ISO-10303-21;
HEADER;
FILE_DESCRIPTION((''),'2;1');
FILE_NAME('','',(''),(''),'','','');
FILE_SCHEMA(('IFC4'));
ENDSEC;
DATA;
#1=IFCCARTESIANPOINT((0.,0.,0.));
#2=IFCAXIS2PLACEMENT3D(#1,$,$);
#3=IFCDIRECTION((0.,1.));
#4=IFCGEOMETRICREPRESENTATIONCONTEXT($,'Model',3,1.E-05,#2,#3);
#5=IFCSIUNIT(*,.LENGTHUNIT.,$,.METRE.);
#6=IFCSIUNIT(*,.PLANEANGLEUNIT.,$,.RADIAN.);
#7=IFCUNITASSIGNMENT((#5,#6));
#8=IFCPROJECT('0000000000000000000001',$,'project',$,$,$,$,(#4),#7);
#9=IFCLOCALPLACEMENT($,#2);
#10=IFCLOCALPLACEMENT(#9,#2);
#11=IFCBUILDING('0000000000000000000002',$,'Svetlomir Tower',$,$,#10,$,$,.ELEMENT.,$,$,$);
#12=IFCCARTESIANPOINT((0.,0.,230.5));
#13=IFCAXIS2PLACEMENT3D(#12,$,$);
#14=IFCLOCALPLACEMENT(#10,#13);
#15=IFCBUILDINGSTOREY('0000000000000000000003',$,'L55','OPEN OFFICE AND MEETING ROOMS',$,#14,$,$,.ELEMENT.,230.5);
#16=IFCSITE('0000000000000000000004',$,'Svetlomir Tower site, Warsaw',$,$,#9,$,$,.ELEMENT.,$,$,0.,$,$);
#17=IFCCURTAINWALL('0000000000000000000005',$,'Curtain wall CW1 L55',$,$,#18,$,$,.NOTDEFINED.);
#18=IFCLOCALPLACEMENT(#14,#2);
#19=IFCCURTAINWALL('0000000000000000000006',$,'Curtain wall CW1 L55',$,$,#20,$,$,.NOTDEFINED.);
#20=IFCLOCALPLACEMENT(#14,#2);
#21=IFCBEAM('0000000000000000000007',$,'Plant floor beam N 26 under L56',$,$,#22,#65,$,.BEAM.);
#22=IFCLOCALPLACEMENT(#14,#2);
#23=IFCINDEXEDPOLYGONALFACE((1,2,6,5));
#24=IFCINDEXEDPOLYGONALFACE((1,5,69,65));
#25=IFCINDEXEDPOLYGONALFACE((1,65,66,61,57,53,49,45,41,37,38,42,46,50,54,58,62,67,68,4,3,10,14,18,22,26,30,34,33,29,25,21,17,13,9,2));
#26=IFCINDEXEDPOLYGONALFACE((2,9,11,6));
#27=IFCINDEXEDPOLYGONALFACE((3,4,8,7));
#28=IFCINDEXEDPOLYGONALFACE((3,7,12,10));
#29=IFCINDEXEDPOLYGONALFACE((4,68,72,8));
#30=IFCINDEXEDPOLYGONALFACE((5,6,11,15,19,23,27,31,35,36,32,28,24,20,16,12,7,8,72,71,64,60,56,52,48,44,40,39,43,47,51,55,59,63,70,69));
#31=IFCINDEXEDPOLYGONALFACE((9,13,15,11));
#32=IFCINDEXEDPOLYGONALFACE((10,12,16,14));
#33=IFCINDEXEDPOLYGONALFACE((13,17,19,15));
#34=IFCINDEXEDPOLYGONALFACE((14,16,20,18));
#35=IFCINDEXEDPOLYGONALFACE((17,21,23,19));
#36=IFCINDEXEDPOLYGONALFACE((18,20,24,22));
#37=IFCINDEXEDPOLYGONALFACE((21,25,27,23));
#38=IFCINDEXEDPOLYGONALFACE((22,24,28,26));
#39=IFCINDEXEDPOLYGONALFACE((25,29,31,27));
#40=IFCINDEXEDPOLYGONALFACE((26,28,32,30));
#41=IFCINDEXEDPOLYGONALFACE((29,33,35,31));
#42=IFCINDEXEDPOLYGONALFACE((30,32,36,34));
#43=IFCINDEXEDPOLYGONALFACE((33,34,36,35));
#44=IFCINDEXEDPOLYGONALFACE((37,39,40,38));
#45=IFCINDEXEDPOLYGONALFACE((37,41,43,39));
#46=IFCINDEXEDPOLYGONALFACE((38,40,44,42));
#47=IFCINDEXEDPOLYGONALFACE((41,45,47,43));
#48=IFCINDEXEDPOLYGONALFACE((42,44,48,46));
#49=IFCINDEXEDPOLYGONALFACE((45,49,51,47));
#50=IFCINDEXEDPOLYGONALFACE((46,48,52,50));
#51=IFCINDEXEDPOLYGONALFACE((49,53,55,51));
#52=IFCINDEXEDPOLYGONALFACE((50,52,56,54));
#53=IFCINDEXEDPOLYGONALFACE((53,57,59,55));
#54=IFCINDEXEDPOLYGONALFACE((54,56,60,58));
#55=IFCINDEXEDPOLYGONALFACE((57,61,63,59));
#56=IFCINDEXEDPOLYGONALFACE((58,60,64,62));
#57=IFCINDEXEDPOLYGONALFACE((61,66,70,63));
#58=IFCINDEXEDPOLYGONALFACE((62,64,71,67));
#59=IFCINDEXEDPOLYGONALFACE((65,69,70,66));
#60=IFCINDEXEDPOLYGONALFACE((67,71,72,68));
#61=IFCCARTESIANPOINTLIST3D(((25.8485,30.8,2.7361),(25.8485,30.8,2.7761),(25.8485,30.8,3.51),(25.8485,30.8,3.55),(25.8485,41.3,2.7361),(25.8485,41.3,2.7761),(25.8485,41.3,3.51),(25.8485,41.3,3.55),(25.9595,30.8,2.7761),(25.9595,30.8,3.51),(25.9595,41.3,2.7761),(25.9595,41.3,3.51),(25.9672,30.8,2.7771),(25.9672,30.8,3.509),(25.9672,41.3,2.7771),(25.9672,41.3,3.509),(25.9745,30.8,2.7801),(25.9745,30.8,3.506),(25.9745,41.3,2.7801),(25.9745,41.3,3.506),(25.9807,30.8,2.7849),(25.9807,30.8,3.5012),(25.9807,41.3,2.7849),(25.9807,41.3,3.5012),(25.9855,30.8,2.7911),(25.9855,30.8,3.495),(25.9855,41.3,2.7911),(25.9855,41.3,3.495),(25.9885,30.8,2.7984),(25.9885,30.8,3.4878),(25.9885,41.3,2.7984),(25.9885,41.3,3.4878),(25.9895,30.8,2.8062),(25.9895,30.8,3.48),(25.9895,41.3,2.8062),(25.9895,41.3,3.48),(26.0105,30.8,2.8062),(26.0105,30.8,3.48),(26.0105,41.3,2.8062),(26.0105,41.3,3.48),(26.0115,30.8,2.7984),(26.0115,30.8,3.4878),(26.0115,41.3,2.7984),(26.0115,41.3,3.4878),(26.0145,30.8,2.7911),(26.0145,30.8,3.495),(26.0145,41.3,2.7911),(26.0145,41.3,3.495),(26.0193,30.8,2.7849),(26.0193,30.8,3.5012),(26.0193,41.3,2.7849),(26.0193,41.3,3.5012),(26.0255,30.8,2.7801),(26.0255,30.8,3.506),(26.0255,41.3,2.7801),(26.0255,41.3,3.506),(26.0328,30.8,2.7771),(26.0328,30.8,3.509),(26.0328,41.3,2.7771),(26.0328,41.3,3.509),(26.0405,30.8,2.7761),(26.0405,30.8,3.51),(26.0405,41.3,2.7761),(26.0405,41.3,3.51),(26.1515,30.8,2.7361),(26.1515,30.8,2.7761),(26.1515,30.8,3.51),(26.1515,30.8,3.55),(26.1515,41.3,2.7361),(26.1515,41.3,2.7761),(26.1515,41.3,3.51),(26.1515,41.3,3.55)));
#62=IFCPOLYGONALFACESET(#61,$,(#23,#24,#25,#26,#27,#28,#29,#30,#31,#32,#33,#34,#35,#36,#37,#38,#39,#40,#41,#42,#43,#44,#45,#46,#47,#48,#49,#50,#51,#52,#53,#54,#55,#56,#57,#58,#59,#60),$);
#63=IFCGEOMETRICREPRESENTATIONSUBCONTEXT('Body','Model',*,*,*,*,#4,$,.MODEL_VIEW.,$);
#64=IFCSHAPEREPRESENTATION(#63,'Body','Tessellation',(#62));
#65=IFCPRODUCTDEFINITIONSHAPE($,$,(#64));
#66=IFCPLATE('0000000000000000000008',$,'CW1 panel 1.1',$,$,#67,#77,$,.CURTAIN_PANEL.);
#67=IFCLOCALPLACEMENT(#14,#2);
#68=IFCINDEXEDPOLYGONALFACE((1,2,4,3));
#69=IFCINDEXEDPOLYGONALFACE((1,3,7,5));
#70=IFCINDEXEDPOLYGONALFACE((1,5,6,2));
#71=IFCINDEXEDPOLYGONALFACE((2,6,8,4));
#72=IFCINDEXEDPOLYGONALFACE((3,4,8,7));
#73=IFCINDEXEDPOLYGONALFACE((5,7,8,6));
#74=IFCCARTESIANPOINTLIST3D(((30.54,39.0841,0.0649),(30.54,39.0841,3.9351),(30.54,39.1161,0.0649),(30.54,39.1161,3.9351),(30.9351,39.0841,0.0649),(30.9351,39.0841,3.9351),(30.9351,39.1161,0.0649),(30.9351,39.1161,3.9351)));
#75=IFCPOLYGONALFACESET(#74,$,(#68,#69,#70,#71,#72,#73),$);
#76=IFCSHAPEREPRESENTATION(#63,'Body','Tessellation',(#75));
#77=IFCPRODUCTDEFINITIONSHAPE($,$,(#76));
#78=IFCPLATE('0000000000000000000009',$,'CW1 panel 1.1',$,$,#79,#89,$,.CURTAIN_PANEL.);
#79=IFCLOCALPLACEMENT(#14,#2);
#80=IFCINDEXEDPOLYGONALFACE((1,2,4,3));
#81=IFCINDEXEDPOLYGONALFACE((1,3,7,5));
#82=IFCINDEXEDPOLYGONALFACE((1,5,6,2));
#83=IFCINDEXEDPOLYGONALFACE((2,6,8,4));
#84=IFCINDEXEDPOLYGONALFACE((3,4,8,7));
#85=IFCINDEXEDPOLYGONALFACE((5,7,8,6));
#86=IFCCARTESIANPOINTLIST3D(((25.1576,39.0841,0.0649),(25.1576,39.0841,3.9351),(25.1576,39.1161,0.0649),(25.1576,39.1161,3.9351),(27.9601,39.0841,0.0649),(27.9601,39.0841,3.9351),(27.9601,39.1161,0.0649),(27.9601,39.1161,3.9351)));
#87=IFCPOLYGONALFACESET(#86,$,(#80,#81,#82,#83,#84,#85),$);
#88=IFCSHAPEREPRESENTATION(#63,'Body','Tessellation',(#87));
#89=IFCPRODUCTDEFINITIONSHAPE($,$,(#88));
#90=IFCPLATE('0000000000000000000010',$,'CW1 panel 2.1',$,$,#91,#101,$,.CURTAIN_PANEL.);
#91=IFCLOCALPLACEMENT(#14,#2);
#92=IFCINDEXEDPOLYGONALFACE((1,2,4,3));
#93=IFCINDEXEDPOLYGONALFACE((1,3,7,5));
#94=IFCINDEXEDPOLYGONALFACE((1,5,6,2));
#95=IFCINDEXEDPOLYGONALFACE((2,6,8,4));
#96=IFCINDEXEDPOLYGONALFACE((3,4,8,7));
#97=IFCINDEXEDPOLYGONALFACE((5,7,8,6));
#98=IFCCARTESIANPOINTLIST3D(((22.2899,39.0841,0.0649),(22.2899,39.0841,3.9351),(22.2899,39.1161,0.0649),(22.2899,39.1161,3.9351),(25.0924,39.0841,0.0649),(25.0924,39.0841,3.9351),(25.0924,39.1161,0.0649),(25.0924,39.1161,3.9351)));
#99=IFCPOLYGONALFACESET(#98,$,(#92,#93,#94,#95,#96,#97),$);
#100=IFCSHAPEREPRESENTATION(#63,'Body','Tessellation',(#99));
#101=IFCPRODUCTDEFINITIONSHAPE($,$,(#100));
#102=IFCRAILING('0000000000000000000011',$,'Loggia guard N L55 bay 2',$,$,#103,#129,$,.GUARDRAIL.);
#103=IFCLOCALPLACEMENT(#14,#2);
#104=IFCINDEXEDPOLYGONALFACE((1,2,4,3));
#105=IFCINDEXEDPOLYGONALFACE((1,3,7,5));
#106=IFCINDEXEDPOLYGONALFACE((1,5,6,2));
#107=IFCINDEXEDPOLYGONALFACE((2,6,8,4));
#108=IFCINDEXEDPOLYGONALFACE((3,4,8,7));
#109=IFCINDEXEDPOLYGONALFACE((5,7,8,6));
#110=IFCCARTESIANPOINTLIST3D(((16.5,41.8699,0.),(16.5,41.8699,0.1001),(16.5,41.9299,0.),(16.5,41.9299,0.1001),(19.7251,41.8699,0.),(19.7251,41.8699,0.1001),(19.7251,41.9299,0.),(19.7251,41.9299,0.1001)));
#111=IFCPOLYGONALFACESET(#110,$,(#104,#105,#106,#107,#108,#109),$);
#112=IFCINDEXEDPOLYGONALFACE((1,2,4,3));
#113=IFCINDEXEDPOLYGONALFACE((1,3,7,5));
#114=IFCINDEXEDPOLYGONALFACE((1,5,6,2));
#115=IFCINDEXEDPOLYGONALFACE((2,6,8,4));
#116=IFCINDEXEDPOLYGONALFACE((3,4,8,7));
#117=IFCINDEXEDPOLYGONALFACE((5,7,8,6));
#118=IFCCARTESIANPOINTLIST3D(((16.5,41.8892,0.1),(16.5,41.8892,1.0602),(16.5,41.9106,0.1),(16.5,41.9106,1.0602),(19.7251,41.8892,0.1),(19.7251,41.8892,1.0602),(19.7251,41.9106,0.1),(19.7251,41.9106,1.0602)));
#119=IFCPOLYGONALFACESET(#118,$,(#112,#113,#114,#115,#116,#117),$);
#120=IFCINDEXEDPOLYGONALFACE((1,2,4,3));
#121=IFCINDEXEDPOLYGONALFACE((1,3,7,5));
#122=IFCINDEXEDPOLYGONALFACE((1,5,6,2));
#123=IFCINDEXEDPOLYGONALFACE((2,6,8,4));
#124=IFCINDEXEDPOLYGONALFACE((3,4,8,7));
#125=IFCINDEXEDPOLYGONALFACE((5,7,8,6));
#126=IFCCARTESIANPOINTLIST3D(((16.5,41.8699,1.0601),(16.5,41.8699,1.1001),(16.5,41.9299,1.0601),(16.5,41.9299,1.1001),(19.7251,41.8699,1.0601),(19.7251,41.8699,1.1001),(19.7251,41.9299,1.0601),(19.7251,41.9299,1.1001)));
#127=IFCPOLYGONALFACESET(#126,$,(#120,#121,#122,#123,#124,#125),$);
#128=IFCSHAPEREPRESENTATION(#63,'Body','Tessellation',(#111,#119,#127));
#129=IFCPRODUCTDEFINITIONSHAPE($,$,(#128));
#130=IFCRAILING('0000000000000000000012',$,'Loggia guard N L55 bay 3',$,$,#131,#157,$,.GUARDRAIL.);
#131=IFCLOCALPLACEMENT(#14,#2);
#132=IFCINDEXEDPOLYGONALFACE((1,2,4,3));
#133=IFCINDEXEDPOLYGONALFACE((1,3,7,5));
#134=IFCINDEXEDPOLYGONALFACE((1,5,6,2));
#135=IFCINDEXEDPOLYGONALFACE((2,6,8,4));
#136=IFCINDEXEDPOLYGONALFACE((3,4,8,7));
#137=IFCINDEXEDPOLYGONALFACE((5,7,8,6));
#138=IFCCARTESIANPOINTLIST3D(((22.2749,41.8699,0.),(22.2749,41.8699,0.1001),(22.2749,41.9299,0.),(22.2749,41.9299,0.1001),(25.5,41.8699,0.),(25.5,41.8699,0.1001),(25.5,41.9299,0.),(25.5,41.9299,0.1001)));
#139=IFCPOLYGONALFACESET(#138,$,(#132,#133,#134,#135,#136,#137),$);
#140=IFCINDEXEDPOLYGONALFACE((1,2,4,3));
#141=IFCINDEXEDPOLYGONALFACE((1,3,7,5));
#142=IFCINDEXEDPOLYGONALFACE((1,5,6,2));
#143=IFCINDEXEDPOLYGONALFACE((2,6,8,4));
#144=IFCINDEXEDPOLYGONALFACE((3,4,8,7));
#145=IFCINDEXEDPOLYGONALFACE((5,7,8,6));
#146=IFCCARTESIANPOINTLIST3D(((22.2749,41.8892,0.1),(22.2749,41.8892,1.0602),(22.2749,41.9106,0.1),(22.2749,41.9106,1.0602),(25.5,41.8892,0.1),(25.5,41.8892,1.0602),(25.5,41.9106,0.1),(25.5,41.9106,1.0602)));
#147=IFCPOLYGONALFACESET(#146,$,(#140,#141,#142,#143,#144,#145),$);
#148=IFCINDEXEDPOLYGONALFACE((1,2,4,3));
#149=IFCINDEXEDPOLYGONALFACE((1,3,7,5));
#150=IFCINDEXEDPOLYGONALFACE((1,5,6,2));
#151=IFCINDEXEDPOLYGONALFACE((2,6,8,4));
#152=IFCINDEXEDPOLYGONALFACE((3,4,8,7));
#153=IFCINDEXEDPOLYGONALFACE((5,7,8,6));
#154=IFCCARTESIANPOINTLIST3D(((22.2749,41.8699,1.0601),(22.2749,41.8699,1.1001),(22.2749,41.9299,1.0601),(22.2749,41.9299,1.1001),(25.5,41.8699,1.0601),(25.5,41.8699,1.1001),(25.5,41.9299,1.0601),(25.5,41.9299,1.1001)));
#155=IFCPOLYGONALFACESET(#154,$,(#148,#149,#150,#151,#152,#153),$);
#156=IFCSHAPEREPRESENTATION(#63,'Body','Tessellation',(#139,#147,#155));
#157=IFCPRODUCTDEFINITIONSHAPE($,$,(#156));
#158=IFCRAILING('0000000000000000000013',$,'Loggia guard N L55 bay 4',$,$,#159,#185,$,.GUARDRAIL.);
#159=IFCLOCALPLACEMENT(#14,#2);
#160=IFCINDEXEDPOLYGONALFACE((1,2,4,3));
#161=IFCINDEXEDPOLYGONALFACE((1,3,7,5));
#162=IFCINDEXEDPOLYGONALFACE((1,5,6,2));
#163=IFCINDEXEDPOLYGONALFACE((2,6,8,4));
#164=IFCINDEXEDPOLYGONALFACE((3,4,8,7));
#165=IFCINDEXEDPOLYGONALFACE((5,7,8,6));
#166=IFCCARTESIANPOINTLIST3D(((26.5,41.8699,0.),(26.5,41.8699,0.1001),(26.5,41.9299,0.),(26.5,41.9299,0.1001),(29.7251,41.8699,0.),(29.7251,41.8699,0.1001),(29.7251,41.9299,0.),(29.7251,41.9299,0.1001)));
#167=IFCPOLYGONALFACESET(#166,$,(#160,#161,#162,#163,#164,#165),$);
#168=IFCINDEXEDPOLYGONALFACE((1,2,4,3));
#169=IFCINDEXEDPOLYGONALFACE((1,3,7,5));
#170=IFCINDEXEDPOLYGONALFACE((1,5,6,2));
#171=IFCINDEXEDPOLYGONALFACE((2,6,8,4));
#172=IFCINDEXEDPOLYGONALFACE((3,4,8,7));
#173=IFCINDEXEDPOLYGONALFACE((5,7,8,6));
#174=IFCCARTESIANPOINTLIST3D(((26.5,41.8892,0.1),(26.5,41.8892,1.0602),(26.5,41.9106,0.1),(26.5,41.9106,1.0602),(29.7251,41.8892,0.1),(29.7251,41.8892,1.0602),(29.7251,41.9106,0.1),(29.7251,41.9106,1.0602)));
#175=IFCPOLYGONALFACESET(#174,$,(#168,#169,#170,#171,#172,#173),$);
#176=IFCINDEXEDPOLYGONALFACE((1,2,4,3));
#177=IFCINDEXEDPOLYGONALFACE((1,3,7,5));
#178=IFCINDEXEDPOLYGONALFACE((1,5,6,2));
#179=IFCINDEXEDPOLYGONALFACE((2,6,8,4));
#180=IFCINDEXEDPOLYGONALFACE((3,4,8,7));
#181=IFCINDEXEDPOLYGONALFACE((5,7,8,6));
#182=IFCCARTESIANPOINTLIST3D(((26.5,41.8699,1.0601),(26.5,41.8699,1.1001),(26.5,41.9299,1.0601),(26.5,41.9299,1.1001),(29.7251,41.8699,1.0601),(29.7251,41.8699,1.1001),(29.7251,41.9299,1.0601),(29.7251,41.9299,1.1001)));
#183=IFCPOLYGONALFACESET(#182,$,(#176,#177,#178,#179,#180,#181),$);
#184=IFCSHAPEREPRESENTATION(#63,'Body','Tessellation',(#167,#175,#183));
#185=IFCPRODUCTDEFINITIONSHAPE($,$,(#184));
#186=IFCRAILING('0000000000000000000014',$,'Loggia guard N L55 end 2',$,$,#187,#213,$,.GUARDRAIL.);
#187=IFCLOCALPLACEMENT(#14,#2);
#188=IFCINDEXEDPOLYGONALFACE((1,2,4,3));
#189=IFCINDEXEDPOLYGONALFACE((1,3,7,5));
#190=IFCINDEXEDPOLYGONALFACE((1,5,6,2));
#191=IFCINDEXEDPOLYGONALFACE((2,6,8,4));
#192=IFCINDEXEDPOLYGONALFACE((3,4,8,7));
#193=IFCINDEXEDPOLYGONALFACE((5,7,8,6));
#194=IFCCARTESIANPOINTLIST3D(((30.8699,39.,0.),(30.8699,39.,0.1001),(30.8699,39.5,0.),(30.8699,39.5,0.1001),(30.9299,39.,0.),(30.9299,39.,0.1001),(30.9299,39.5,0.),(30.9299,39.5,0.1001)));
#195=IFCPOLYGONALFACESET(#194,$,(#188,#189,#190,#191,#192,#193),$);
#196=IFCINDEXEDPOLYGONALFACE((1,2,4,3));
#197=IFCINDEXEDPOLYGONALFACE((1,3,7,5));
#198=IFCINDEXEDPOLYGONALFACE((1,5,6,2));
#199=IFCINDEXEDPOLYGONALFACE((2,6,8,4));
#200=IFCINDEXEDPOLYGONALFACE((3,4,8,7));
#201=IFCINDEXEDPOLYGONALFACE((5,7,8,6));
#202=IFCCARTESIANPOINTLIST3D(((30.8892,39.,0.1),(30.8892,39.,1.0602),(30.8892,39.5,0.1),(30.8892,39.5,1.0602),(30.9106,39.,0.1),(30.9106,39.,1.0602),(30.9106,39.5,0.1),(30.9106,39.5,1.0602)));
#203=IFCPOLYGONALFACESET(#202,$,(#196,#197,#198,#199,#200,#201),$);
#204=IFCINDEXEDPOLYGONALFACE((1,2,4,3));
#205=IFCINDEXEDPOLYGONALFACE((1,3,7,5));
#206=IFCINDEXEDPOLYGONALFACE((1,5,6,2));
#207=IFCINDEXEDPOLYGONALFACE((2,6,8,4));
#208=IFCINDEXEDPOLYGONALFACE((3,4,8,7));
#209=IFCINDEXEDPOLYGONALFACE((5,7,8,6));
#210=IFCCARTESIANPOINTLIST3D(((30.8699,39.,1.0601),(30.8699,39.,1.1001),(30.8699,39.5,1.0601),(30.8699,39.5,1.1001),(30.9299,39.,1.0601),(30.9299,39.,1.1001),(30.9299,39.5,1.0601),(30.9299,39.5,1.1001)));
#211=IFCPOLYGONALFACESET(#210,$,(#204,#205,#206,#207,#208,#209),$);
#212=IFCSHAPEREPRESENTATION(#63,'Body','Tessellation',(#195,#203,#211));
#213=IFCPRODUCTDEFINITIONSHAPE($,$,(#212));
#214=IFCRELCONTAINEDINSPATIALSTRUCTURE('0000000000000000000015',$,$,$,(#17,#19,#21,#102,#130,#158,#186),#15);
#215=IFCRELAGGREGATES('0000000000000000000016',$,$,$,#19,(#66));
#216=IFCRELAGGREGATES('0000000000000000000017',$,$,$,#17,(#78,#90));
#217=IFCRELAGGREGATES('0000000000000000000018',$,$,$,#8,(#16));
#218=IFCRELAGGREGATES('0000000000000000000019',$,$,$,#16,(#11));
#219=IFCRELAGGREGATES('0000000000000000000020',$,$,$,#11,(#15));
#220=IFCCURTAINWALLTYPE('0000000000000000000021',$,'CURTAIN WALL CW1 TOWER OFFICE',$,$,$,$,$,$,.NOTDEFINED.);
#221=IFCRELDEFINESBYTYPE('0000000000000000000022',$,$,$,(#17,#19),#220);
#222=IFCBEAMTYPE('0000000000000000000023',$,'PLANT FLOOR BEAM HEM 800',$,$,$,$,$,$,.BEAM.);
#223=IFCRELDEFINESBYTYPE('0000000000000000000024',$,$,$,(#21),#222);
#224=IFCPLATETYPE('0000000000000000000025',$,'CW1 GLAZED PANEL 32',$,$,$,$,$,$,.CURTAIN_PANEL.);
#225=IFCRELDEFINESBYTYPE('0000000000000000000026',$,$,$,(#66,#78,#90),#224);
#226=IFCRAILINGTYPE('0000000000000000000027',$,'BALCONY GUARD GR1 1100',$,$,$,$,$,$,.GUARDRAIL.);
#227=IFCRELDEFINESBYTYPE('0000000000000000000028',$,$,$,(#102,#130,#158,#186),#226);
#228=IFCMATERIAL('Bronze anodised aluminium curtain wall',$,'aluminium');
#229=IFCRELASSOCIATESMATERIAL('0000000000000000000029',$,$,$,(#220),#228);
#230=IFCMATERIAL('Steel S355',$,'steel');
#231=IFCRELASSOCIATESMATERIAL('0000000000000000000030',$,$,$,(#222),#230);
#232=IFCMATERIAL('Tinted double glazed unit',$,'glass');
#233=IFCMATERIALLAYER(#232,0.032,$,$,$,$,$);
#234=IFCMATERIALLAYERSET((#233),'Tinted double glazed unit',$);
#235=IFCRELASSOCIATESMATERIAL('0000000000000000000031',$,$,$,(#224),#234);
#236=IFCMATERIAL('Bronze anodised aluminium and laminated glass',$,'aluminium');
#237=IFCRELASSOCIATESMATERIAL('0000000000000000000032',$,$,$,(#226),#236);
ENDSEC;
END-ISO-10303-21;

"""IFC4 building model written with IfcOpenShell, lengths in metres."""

from ifc_helpers import new_model, si_unit, direction, frame, origin, origin_2d, place, context, subcontext, project, spatial, rectangle, i_section, extrude, material, layer, layer_set, material_profile, profile_set, type_object, element, aggregate, save


model = new_model("IFC4")

# Units and contexts
model_context = context("Model", 3, precision=1e-05, world=origin(), true_north=direction((0.0, 1.0)))
body_context = subcontext(model_context, "Body", "Model", "MODEL_VIEW")
ifc_project = project(units=[si_unit("LENGTHUNIT", "METRE"), si_unit("PLANEANGLEUNIT", "RADIAN")], contexts=[model_context])

# Site, building, storey
site_placement = place(None, origin())
site = spatial("IfcSite", under=ifc_project, at=site_placement, Name="Svetlomir Tower site, Warsaw", CompositionType="ELEMENT", RefElevation=0.0)
building_placement = place(site_placement, origin())
building = spatial("IfcBuilding", under=site, at=building_placement, Name="Svetlomir Tower", CompositionType="ELEMENT")
storey_placement = place(building_placement, frame((0.0, 0.0, 230.5)))
storey = spatial("IfcBuildingStorey", under=building, at=storey_placement, Name="L55", Description="OPEN OFFICE AND MEETING ROOMS", CompositionType="ELEMENT", Elevation=230.5)

# Curtain walls
ifc_material_1 = material(Name="Bronze anodised aluminium curtain wall", Category="aluminium")
curtain_wall_type = type_object("IfcCurtainWallType", Name="CURTAIN WALL CW1 TOWER OFFICE", PredefinedType="NOTDEFINED", material=ifc_material_1)
curtain_wall_1_placement = place(storey_placement, origin())
curtain_wall_1 = element("IfcCurtainWall", 1, at=curtain_wall_1_placement, inside=storey, type_object=curtain_wall_type, Name="Curtain wall CW1 L55", PredefinedType="NOTDEFINED")
curtain_wall_2_placement = place(storey_placement, origin())
curtain_wall_2 = element("IfcCurtainWall", 2, at=curtain_wall_2_placement, inside=storey, type_object=curtain_wall_type, Name="Curtain wall CW1 L55", PredefinedType="NOTDEFINED")

# Beam
ifc_material_2 = material(Name="Steel S355", Category="steel")
ifc_material_profile_1 = material_profile(ifc_material_2, i_section(OverallWidth=0.303, OverallDepth=0.814, WebThickness=0.021, FlangeThickness=0.04, FilletRadius=0.03, at=origin_2d()), Name="HEM 800")
ifc_profile_set_1 = profile_set([ifc_material_profile_1], Name="Steel S355")
beam_type_1 = type_object("IfcBeamType", Name="PLANT FLOOR BEAM HEM 800", PredefinedType="BEAM", material=ifc_profile_set_1)
for number, where, z_axis, x_axis, name in (
    (3, (26.0, 41.3, 3.1431), (0.0, -1.0, 0.0), (1.0, 0.0, 0.0), "Plant floor beam N 26 under L56"),
):
    element("IfcBeam", number, at=place(storey_placement, frame(where, z_axis=z_axis, x_axis=x_axis)), inside=storey, type_object=beam_type_1, Name=name, PredefinedType="BEAM", context=body_context, shape_type="SweptSolid", body=[
        extrude(i_section(OverallWidth=0.303, OverallDepth=0.814, WebThickness=0.021, FlangeThickness=0.04, FilletRadius=0.03, at=origin_2d()), origin(), (0.0, 0.0, 1.0), 10.5),
    ])

# Plates
ifc_material_3 = material(Name="Tinted double glazed unit", Category="glass")
ifc_layer = layer(ifc_material_3, 0.032)
ifc_layer_set = layer_set([ifc_layer], Name="Tinted double glazed unit")
plate_type = type_object("IfcPlateType", Name="CW1 GLAZED PANEL 32", PredefinedType="CURTAIN_PANEL", material=ifc_layer_set)
plate_1_placement = place(storey_placement, frame((30.7375, 39.1001, 0.0649), z_axis=(0.0, 0.0, 1.0), x_axis=(-1.0, 0.0, 0.0)))
plate_1 = element("IfcPlate", 4, at=plate_1_placement, type_object=plate_type, Name="CW1 panel 1.1", PredefinedType="CURTAIN_PANEL", context=body_context, shape_type="SweptSolid", body=[
    extrude(rectangle(XDim=0.395, YDim=0.032, at=origin_2d()), origin(), (0.0, 0.0, 1.0), 3.8701),
])
aggregate(curtain_wall_2, [plate_1])
plate_2_placement = place(storey_placement, frame((26.5588, 39.1001, 0.0649), z_axis=(0.0, 0.0, 1.0), x_axis=(-1.0, 0.0, 0.0)))
plate_2 = element("IfcPlate", 5, at=plate_2_placement, type_object=plate_type, Name="CW1 panel 1.1", PredefinedType="CURTAIN_PANEL", context=body_context, shape_type="SweptSolid", body=[
    extrude(rectangle(XDim=2.8025, YDim=0.032, at=origin_2d()), origin(), (0.0, 0.0, 1.0), 3.8701),
])
plate_3_placement = place(storey_placement, frame((23.6912, 39.1001, 0.0649), z_axis=(0.0, 0.0, 1.0), x_axis=(-1.0, 0.0, 0.0)))
plate_3 = element("IfcPlate", 6, at=plate_3_placement, type_object=plate_type, Name="CW1 panel 2.1", PredefinedType="CURTAIN_PANEL", context=body_context, shape_type="SweptSolid", body=[
    extrude(rectangle(XDim=2.8025, YDim=0.032, at=origin_2d()), origin(), (0.0, 0.0, 1.0), 3.8701),
])
aggregate(curtain_wall_1, [plate_2, plate_3])

# Railings
ifc_material_4 = material(Name="Bronze anodised aluminium and laminated glass", Category="aluminium")
railing_type = type_object("IfcRailingType", Name="BALCONY GUARD GR1 1100", PredefinedType="GUARDRAIL", material=ifc_material_4)
for number, where, name in (
    (7, (16.5, 41.8999, 0.0), "Loggia guard N L55 bay 2"),
    (8, (22.2749, 41.8999, 0.0), "Loggia guard N L55 bay 3"),
    (9, (26.5, 41.8999, 0.0), "Loggia guard N L55 bay 4"),
):
    element("IfcRailing", number, at=place(storey_placement, frame(where)), inside=storey, type_object=railing_type, Name=name, PredefinedType="GUARDRAIL", context=body_context, shape_type="SweptSolid", body=[
        extrude(rectangle(XDim=0.0601, YDim=0.1001, at=origin_2d()), frame((0.0, 0.0, 0.05), z_axis=(1.0, 0.0, 0.0), x_axis=(0.0, 1.0, 0.0)), (0.0, 0.0, 1.0), 3.2251),
        extrude(rectangle(XDim=0.0215, YDim=0.9602, at=origin_2d()), frame((0.0, 0.0, 0.5801), z_axis=(1.0, 0.0, 0.0), x_axis=(0.0, 1.0, 0.0)), (0.0, 0.0, 1.0), 3.2251),
        extrude(rectangle(XDim=0.0601, YDim=0.04, at=origin_2d()), frame((0.0, 0.0, 1.0801), z_axis=(1.0, 0.0, 0.0), x_axis=(0.0, 1.0, 0.0)), (0.0, 0.0, 1.0), 3.2251),
    ])
railing_placement = place(storey_placement, frame((30.8999, 39.5, 0.0)))
element("IfcRailing", 10, at=railing_placement, inside=storey, type_object=railing_type, Name="Loggia guard N L55 end 2", PredefinedType="GUARDRAIL", context=body_context, shape_type="SweptSolid", body=[
    extrude(rectangle(XDim=0.0601, YDim=0.1001, at=origin_2d()), frame((0.0, 0.0, 0.05), z_axis=(0.0, -1.0, 0.0), x_axis=(1.0, 0.0, 0.0)), (0.0, 0.0, 1.0), 0.5),
    extrude(rectangle(XDim=0.0215, YDim=0.9602, at=origin_2d()), frame((0.0, 0.0, 0.5801), z_axis=(0.0, -1.0, 0.0), x_axis=(1.0, 0.0, 0.0)), (0.0, 0.0, 1.0), 0.5),
    extrude(rectangle(XDim=0.0601, YDim=0.04, at=origin_2d()), frame((0.0, 0.0, 1.0801), z_axis=(0.0, -1.0, 0.0), x_axis=(1.0, 0.0, 0.0)), (0.0, 0.0, 1.0), 0.5),
])

save(model, "model.ifc")
